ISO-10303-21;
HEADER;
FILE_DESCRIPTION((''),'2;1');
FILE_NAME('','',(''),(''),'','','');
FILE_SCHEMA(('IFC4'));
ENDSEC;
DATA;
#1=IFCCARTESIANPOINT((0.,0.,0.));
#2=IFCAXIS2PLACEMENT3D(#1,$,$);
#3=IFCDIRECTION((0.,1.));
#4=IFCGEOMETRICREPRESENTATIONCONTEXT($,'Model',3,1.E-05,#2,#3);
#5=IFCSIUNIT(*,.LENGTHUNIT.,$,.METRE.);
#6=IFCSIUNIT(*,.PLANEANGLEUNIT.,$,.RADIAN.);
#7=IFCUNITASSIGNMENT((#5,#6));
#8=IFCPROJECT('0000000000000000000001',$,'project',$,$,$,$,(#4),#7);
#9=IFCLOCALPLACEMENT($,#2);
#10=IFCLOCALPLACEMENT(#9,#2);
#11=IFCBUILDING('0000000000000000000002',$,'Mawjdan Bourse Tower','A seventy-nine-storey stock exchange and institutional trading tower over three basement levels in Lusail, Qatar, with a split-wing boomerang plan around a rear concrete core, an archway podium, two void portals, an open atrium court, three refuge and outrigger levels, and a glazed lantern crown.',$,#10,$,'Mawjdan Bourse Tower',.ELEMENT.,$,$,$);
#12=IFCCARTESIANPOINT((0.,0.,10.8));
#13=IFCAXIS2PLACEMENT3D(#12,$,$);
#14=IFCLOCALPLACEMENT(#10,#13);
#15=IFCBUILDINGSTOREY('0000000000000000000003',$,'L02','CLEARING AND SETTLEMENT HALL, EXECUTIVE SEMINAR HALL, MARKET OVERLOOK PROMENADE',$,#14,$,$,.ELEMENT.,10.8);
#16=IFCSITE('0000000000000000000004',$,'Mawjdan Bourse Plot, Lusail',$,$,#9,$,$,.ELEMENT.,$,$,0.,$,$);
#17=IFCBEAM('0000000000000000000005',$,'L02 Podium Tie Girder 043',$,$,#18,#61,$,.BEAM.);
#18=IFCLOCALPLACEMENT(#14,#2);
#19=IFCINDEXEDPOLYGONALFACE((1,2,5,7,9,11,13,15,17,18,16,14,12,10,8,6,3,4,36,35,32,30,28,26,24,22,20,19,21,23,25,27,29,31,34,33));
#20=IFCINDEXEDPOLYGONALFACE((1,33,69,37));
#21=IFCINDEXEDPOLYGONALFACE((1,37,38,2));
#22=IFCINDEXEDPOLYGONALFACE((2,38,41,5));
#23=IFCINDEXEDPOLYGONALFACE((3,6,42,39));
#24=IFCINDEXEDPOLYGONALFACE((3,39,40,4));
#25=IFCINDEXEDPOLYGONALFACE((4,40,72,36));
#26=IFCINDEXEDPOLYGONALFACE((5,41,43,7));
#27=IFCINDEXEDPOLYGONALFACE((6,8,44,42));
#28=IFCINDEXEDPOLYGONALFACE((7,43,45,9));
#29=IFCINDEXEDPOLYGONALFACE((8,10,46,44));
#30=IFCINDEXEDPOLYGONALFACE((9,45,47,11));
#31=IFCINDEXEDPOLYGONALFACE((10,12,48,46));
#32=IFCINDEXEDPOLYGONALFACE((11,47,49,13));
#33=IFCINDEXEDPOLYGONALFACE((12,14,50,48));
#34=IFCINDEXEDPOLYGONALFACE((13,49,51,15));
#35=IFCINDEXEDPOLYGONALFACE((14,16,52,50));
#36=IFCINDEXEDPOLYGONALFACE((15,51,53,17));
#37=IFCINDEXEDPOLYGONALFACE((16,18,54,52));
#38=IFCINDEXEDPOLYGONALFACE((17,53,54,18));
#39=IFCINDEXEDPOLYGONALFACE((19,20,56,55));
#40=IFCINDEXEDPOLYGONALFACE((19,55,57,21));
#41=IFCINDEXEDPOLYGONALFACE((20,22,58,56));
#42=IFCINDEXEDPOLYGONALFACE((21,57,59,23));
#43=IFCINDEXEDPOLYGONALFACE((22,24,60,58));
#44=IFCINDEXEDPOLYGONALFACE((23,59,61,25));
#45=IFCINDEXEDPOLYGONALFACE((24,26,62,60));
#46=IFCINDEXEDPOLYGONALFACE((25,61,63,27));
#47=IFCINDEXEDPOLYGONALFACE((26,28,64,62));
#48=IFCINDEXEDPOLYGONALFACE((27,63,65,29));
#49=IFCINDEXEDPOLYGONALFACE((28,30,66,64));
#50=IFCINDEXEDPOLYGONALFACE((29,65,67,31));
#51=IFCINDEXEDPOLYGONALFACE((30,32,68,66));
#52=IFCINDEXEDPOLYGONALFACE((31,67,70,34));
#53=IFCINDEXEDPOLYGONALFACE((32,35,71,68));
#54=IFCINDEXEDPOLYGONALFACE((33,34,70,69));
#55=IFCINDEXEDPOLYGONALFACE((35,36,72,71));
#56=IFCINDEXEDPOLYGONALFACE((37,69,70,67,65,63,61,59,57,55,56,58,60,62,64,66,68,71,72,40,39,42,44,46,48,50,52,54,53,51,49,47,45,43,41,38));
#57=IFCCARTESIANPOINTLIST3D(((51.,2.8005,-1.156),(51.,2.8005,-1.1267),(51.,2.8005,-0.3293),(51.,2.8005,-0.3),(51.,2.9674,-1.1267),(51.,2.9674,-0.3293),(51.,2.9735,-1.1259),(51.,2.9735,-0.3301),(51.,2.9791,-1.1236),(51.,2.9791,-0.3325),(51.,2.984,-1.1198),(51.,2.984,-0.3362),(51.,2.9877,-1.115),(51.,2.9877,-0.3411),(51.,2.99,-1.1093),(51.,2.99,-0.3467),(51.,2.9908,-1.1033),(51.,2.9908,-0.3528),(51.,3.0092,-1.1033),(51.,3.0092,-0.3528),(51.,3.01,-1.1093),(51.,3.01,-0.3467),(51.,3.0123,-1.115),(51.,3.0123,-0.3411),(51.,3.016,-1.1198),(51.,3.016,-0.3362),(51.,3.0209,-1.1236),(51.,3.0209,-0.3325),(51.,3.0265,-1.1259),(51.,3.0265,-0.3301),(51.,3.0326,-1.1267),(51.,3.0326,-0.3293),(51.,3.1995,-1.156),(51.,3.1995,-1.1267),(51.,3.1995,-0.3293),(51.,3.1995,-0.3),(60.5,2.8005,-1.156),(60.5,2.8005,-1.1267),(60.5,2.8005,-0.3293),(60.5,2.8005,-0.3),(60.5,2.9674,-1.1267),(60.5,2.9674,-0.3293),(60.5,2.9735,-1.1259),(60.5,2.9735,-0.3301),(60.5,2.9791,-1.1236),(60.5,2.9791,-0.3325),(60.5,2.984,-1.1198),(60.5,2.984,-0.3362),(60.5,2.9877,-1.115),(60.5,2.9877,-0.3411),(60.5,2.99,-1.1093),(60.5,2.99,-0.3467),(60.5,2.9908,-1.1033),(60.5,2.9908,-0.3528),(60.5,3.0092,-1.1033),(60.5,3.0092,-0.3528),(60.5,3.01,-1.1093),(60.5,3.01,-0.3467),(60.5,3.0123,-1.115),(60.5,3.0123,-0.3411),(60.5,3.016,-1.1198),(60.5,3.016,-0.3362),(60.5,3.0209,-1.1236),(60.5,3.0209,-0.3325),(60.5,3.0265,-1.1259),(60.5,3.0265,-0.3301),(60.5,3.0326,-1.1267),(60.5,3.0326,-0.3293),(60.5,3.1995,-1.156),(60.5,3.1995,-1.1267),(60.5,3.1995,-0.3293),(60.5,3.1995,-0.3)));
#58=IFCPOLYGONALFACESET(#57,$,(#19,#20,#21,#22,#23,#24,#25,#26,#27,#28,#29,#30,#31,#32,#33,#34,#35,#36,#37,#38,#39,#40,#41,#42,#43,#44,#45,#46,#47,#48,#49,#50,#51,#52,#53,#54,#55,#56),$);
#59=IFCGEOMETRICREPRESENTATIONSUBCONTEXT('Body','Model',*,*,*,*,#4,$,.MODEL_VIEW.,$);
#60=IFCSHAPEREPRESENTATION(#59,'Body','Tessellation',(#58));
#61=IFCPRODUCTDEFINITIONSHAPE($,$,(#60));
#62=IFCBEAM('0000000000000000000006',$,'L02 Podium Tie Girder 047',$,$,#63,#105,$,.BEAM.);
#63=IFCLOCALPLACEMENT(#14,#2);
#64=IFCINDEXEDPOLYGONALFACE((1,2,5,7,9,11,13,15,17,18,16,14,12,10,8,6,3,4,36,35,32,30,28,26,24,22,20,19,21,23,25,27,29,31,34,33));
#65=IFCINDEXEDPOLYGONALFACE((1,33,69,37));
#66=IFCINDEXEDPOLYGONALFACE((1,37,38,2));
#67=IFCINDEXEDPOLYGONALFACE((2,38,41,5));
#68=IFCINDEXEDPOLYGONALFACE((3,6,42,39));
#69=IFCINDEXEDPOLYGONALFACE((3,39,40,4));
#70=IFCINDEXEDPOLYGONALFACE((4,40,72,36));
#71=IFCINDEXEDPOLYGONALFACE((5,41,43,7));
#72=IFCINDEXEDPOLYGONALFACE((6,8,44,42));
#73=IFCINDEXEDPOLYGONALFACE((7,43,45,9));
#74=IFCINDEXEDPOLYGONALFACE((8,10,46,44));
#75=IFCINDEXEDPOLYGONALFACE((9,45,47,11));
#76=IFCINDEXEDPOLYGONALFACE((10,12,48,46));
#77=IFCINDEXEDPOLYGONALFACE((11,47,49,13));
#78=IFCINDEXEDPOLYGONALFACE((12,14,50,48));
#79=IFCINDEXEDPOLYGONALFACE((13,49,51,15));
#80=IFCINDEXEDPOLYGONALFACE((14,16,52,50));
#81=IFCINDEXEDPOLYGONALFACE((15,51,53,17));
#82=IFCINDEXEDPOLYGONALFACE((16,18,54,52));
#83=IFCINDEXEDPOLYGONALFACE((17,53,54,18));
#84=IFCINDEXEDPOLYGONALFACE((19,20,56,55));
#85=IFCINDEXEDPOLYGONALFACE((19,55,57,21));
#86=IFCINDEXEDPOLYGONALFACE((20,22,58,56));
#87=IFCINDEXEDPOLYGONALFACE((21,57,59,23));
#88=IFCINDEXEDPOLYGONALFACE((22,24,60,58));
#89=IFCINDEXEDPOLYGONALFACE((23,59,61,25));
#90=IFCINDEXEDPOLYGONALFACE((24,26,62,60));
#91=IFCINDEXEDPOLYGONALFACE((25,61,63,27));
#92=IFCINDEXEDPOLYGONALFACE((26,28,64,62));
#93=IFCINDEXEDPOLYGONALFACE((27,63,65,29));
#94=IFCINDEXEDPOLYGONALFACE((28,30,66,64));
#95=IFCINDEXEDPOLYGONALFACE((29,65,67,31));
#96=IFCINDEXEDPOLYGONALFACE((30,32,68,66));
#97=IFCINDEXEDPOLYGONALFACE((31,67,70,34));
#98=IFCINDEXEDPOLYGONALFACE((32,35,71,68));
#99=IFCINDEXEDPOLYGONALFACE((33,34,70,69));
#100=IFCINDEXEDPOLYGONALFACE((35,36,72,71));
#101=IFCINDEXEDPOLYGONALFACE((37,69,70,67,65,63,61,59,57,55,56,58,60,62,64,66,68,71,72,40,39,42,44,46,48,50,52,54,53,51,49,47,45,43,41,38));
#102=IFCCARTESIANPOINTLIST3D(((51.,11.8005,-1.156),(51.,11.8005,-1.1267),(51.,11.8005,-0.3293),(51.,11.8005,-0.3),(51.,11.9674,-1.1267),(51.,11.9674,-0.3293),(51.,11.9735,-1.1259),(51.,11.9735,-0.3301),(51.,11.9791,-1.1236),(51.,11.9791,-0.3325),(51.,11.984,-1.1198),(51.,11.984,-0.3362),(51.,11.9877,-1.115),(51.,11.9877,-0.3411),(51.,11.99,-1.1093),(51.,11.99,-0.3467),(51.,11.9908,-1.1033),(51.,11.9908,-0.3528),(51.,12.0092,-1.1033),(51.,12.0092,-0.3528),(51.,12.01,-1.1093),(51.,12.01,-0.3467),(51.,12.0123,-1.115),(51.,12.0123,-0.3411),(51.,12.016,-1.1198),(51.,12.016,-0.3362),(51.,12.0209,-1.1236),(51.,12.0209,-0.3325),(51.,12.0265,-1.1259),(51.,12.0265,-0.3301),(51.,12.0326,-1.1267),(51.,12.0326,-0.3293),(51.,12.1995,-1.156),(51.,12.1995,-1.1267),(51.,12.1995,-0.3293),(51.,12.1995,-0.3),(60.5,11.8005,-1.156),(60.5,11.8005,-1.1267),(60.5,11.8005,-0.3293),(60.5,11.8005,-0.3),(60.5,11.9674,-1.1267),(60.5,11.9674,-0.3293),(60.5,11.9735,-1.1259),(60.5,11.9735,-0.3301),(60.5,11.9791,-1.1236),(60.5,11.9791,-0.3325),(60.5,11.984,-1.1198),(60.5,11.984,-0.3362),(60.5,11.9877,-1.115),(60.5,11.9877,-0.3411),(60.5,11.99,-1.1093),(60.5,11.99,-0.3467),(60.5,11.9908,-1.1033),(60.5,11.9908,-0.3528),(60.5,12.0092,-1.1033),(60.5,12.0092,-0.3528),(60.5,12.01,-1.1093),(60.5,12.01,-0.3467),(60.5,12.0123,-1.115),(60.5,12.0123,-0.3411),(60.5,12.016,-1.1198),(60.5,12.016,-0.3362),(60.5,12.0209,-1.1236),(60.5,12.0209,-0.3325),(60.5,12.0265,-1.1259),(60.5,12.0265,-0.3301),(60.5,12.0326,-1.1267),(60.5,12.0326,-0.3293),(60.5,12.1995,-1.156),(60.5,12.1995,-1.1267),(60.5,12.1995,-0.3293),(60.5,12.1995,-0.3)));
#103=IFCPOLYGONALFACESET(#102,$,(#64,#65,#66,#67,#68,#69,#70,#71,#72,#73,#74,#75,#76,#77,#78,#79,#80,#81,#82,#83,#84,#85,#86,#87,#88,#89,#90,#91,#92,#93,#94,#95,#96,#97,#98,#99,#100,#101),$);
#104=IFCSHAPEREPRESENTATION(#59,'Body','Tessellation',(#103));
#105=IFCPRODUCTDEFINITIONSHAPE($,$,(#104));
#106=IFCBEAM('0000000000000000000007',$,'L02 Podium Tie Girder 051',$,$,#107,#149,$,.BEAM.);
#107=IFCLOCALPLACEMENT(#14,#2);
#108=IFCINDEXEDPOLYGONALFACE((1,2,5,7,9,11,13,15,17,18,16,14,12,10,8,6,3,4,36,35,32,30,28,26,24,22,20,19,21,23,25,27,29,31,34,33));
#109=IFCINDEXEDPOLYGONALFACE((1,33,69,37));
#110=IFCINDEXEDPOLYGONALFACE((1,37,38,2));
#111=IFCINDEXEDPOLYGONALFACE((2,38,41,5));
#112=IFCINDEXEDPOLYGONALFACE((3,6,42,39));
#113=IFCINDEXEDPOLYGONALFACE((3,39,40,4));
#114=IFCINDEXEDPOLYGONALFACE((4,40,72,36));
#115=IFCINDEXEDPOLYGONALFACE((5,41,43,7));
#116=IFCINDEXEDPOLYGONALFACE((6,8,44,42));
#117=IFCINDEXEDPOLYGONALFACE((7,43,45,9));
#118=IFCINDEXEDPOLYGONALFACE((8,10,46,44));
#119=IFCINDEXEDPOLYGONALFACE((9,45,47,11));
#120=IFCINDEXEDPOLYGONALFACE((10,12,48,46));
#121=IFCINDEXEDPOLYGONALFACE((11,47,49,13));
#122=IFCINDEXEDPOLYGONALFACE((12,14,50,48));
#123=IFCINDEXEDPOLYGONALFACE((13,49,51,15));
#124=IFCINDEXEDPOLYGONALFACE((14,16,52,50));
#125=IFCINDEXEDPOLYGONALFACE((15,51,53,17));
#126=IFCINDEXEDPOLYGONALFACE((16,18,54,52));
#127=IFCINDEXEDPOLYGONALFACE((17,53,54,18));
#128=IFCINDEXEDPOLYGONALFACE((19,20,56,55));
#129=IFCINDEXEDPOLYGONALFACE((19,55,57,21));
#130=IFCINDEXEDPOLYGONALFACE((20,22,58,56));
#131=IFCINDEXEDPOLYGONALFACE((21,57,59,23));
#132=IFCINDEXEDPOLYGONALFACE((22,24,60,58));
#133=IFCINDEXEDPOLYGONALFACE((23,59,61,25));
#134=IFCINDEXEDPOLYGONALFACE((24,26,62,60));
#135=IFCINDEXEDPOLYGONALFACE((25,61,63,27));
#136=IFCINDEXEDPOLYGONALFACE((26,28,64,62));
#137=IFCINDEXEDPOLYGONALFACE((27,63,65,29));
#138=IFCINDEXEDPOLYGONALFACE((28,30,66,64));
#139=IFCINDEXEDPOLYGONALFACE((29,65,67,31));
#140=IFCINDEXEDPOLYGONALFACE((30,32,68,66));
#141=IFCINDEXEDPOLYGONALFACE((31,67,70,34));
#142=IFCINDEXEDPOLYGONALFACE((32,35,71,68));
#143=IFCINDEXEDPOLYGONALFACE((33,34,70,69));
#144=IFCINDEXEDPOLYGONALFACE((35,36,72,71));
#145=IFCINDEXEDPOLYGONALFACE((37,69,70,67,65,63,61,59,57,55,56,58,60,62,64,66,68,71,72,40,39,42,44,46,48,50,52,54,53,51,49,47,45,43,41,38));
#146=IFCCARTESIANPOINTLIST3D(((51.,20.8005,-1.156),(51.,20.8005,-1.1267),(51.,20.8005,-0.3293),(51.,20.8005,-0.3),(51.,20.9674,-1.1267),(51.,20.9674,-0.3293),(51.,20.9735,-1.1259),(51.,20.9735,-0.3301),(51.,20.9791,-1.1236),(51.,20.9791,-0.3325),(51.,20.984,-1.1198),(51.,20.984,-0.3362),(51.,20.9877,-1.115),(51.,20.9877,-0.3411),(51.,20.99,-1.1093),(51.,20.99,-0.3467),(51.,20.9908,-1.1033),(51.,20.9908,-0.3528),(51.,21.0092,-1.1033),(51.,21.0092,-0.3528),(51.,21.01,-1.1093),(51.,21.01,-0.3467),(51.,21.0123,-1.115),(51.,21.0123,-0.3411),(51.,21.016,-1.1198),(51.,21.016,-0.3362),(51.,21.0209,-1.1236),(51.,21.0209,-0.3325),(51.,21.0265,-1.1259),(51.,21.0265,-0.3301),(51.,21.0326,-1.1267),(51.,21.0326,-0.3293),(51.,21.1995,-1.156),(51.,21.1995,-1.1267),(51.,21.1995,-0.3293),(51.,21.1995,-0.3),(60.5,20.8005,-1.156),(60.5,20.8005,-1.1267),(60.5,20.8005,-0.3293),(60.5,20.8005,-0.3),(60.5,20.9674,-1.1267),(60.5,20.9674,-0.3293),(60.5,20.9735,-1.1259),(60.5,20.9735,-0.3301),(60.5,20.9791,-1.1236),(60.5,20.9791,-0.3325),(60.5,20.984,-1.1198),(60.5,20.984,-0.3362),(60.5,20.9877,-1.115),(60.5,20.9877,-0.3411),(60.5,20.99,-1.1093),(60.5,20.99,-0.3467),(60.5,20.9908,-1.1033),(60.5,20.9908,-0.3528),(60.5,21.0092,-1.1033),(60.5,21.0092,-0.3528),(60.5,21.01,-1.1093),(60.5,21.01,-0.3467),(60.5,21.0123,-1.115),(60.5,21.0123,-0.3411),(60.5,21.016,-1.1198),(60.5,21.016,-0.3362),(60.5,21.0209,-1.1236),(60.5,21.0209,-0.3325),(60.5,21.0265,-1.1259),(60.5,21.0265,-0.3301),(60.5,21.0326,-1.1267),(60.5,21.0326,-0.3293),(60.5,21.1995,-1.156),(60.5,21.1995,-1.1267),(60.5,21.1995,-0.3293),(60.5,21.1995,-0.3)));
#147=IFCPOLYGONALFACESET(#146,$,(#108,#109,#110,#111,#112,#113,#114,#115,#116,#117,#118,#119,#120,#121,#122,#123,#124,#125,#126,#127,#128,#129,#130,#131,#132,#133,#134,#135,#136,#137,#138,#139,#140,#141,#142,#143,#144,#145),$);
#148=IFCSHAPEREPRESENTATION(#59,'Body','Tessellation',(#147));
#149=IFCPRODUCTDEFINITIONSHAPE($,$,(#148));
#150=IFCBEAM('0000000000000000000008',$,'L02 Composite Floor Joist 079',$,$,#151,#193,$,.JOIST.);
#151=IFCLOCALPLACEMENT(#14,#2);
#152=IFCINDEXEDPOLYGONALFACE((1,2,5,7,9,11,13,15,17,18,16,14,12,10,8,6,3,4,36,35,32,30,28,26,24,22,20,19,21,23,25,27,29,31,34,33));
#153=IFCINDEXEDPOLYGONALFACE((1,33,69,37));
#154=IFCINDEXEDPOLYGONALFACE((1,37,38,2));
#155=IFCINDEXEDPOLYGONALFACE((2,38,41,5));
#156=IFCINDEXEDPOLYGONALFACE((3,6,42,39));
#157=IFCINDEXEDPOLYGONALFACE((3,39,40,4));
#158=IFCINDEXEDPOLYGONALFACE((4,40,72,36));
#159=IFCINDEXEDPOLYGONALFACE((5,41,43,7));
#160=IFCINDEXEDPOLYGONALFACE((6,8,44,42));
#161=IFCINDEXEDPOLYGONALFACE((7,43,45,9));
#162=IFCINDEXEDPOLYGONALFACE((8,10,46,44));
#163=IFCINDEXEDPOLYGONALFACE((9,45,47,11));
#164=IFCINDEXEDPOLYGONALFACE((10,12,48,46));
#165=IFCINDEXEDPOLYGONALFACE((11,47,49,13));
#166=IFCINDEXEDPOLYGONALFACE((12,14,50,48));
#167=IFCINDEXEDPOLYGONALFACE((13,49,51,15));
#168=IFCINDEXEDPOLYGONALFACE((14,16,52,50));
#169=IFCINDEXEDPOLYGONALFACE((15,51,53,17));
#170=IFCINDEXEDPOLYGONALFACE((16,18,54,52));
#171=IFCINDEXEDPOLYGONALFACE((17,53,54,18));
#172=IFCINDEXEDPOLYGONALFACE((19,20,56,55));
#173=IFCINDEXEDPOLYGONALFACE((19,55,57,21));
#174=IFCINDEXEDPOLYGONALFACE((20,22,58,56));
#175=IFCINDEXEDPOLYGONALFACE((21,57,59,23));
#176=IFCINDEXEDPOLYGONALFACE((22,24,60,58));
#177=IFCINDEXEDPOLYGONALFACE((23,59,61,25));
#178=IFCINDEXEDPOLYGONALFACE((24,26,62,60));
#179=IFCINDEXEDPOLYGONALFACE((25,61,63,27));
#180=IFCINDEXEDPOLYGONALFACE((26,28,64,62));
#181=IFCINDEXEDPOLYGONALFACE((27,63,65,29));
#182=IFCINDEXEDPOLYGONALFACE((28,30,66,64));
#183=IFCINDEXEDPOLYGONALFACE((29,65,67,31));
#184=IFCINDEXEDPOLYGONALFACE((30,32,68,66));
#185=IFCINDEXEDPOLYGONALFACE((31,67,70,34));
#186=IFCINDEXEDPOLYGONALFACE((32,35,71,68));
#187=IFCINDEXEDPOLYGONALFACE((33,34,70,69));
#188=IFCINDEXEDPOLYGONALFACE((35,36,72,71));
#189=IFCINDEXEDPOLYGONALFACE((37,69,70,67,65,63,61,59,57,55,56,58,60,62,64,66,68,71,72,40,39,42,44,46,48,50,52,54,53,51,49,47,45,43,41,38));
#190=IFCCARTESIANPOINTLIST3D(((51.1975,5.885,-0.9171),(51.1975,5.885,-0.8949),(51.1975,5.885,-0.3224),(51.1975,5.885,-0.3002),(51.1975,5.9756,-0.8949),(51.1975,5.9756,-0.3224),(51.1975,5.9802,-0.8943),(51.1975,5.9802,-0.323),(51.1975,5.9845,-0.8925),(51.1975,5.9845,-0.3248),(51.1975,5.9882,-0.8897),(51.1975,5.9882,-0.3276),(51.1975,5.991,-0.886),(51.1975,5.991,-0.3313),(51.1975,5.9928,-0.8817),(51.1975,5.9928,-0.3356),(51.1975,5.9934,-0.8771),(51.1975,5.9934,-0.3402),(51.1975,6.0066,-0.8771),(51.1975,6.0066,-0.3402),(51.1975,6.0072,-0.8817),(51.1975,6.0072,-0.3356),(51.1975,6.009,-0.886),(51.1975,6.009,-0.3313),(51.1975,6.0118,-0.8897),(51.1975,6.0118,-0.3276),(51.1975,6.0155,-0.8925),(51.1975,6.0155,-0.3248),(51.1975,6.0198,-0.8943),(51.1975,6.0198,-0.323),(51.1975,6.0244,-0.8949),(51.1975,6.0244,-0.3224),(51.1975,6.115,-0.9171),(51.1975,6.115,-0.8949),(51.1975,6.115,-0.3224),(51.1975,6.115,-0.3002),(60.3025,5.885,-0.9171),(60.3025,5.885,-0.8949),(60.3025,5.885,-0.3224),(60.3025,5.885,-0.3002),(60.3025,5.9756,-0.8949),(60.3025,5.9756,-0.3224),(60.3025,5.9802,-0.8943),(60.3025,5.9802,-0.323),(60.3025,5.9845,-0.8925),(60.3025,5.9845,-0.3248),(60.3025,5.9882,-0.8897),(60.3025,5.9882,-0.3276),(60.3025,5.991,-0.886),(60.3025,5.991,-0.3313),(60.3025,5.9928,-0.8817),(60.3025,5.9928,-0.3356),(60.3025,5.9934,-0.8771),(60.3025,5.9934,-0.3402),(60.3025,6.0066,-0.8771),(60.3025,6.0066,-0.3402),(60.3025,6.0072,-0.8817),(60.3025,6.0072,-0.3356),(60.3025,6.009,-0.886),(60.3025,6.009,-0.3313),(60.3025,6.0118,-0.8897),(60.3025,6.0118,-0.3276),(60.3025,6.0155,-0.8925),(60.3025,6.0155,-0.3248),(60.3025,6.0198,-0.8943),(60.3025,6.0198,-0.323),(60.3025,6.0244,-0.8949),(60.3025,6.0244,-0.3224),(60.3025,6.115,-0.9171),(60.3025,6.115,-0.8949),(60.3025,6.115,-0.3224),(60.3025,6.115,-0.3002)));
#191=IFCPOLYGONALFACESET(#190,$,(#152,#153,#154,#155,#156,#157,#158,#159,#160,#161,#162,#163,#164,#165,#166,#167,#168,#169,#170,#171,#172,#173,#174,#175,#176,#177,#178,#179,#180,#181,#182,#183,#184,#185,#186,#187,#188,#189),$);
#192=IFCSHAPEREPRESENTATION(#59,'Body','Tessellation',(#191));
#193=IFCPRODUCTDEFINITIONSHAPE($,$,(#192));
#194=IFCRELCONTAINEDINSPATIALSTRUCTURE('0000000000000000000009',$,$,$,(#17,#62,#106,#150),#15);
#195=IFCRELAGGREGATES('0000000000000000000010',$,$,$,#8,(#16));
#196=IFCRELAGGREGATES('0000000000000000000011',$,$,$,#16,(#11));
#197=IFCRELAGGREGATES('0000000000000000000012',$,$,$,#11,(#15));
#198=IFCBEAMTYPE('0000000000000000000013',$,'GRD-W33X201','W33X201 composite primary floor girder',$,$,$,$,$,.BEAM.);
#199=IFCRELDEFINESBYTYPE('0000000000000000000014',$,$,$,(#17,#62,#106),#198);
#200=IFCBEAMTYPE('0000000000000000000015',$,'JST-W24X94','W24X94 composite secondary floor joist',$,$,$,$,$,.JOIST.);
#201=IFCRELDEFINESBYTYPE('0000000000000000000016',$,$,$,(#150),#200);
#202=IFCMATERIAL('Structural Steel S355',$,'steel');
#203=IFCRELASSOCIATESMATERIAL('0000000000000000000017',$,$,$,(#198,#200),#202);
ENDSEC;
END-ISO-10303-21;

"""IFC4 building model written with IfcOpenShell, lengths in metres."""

from ifc_helpers import new_model, si_unit, direction, frame, origin, origin_2d, place, context, subcontext, project, spatial, i_section, extrude, material, material_profile, profile_set, type_object, element, save


model = new_model("IFC4")

# Units and contexts
model_context = context("Model", 3, precision=1e-05, world=origin(), true_north=direction((0.0, 1.0)))
body_context = subcontext(model_context, "Body", "Model", "MODEL_VIEW")
ifc_project = project(units=[si_unit("LENGTHUNIT", "METRE"), si_unit("PLANEANGLEUNIT", "RADIAN")], contexts=[model_context])

# Site, building, storey
site_placement = place(None, origin())
site = spatial("IfcSite", under=ifc_project, at=site_placement, Name="Mawjdan Bourse Plot, Lusail", CompositionType="ELEMENT", RefElevation=0.0)
building_placement = place(site_placement, origin())
building = spatial("IfcBuilding", under=site, at=building_placement, Name="Mawjdan Bourse Tower", Description="A seventy-nine-storey stock exchange and institutional trading tower over three basement levels in Lusail, Qatar, with a split-wing boomerang plan around a rear concrete core, an archway podium, two void portals, an open atrium court, three refuge and outrigger levels, and a glazed lantern crown.", LongName="Mawjdan Bourse Tower", CompositionType="ELEMENT")
storey_placement = place(building_placement, frame((0.0, 0.0, 10.8)))
storey = spatial("IfcBuildingStorey", under=building, at=storey_placement, Name="L02", Description="CLEARING AND SETTLEMENT HALL, EXECUTIVE SEMINAR HALL, MARKET OVERLOOK PROMENADE", CompositionType="ELEMENT", Elevation=10.8)

# Beams
ifc_material_1 = material(Name="Structural Steel S355", Category="steel")
ifc_material_profile_1 = material_profile(ifc_material_1, i_section(OverallWidth=0.3989, OverallDepth=0.856, WebThickness=0.0183, FlangeThickness=0.0293, FilletRadius=0.0234, at=origin_2d()), Name="W33X201")
ifc_profile_set_1 = profile_set([ifc_material_profile_1], Name="Structural Steel S355")
beam_type_1 = type_object("IfcBeamType", Name="GRD-W33X201", Description="W33X201 composite primary floor girder", PredefinedType="BEAM", material=ifc_profile_set_1)
for number, where, z_axis, x_axis, name in (
    (1, (51.0, 3.0, -0.728), (1.0, 0.0, 0.0), (0.0, 1.0, 0.0), "L02 Podium Tie Girder 043"),
    (2, (51.0, 12.0, -0.728), (1.0, 0.0, 0.0), (0.0, 1.0, 0.0), "L02 Podium Tie Girder 047"),
    (3, (51.0, 21.0, -0.728), (1.0, 0.0, 0.0), (0.0, 1.0, 0.0), "L02 Podium Tie Girder 051"),
):
    element("IfcBeam", number, at=place(storey_placement, frame(where, z_axis=z_axis, x_axis=x_axis)), inside=storey, type_object=beam_type_1, Name=name, PredefinedType="BEAM", context=body_context, shape_type="SweptSolid", body=[
        extrude(i_section(OverallWidth=0.3989, OverallDepth=0.856, WebThickness=0.0183, FlangeThickness=0.0293, FilletRadius=0.0234, at=origin_2d()), origin(), (0.0, 0.0, 1.0), 9.5),
    ])
ifc_material_profile_2 = material_profile(ifc_material_1, i_section(OverallWidth=0.23, OverallDepth=0.6169, WebThickness=0.0132, FlangeThickness=0.0222, FilletRadius=0.0178, at=origin_2d()), Name="W24X94")
ifc_profile_set_2 = profile_set([ifc_material_profile_2], Name="Structural Steel S355")
beam_type_2 = type_object("IfcBeamType", Name="JST-W24X94", Description="W24X94 composite secondary floor joist", PredefinedType="JOIST", material=ifc_profile_set_2)
for number, where, z_axis, x_axis, name in (
    (4, (51.1975, 6.0, -0.6086), (1.0, 0.0, 0.0), (0.0, 1.0, 0.0), "L02 Composite Floor Joist 079"),
):
    element("IfcBeam", number, at=place(storey_placement, frame(where, z_axis=z_axis, x_axis=x_axis)), inside=storey, type_object=beam_type_2, Name=name, PredefinedType="JOIST", context=body_context, shape_type="SweptSolid", body=[
        extrude(i_section(OverallWidth=0.23, OverallDepth=0.6169, WebThickness=0.0132, FlangeThickness=0.0222, FilletRadius=0.0178, at=origin_2d()), origin(), (0.0, 0.0, 1.0), 9.105),
    ])

save(model, "model.ifc")
